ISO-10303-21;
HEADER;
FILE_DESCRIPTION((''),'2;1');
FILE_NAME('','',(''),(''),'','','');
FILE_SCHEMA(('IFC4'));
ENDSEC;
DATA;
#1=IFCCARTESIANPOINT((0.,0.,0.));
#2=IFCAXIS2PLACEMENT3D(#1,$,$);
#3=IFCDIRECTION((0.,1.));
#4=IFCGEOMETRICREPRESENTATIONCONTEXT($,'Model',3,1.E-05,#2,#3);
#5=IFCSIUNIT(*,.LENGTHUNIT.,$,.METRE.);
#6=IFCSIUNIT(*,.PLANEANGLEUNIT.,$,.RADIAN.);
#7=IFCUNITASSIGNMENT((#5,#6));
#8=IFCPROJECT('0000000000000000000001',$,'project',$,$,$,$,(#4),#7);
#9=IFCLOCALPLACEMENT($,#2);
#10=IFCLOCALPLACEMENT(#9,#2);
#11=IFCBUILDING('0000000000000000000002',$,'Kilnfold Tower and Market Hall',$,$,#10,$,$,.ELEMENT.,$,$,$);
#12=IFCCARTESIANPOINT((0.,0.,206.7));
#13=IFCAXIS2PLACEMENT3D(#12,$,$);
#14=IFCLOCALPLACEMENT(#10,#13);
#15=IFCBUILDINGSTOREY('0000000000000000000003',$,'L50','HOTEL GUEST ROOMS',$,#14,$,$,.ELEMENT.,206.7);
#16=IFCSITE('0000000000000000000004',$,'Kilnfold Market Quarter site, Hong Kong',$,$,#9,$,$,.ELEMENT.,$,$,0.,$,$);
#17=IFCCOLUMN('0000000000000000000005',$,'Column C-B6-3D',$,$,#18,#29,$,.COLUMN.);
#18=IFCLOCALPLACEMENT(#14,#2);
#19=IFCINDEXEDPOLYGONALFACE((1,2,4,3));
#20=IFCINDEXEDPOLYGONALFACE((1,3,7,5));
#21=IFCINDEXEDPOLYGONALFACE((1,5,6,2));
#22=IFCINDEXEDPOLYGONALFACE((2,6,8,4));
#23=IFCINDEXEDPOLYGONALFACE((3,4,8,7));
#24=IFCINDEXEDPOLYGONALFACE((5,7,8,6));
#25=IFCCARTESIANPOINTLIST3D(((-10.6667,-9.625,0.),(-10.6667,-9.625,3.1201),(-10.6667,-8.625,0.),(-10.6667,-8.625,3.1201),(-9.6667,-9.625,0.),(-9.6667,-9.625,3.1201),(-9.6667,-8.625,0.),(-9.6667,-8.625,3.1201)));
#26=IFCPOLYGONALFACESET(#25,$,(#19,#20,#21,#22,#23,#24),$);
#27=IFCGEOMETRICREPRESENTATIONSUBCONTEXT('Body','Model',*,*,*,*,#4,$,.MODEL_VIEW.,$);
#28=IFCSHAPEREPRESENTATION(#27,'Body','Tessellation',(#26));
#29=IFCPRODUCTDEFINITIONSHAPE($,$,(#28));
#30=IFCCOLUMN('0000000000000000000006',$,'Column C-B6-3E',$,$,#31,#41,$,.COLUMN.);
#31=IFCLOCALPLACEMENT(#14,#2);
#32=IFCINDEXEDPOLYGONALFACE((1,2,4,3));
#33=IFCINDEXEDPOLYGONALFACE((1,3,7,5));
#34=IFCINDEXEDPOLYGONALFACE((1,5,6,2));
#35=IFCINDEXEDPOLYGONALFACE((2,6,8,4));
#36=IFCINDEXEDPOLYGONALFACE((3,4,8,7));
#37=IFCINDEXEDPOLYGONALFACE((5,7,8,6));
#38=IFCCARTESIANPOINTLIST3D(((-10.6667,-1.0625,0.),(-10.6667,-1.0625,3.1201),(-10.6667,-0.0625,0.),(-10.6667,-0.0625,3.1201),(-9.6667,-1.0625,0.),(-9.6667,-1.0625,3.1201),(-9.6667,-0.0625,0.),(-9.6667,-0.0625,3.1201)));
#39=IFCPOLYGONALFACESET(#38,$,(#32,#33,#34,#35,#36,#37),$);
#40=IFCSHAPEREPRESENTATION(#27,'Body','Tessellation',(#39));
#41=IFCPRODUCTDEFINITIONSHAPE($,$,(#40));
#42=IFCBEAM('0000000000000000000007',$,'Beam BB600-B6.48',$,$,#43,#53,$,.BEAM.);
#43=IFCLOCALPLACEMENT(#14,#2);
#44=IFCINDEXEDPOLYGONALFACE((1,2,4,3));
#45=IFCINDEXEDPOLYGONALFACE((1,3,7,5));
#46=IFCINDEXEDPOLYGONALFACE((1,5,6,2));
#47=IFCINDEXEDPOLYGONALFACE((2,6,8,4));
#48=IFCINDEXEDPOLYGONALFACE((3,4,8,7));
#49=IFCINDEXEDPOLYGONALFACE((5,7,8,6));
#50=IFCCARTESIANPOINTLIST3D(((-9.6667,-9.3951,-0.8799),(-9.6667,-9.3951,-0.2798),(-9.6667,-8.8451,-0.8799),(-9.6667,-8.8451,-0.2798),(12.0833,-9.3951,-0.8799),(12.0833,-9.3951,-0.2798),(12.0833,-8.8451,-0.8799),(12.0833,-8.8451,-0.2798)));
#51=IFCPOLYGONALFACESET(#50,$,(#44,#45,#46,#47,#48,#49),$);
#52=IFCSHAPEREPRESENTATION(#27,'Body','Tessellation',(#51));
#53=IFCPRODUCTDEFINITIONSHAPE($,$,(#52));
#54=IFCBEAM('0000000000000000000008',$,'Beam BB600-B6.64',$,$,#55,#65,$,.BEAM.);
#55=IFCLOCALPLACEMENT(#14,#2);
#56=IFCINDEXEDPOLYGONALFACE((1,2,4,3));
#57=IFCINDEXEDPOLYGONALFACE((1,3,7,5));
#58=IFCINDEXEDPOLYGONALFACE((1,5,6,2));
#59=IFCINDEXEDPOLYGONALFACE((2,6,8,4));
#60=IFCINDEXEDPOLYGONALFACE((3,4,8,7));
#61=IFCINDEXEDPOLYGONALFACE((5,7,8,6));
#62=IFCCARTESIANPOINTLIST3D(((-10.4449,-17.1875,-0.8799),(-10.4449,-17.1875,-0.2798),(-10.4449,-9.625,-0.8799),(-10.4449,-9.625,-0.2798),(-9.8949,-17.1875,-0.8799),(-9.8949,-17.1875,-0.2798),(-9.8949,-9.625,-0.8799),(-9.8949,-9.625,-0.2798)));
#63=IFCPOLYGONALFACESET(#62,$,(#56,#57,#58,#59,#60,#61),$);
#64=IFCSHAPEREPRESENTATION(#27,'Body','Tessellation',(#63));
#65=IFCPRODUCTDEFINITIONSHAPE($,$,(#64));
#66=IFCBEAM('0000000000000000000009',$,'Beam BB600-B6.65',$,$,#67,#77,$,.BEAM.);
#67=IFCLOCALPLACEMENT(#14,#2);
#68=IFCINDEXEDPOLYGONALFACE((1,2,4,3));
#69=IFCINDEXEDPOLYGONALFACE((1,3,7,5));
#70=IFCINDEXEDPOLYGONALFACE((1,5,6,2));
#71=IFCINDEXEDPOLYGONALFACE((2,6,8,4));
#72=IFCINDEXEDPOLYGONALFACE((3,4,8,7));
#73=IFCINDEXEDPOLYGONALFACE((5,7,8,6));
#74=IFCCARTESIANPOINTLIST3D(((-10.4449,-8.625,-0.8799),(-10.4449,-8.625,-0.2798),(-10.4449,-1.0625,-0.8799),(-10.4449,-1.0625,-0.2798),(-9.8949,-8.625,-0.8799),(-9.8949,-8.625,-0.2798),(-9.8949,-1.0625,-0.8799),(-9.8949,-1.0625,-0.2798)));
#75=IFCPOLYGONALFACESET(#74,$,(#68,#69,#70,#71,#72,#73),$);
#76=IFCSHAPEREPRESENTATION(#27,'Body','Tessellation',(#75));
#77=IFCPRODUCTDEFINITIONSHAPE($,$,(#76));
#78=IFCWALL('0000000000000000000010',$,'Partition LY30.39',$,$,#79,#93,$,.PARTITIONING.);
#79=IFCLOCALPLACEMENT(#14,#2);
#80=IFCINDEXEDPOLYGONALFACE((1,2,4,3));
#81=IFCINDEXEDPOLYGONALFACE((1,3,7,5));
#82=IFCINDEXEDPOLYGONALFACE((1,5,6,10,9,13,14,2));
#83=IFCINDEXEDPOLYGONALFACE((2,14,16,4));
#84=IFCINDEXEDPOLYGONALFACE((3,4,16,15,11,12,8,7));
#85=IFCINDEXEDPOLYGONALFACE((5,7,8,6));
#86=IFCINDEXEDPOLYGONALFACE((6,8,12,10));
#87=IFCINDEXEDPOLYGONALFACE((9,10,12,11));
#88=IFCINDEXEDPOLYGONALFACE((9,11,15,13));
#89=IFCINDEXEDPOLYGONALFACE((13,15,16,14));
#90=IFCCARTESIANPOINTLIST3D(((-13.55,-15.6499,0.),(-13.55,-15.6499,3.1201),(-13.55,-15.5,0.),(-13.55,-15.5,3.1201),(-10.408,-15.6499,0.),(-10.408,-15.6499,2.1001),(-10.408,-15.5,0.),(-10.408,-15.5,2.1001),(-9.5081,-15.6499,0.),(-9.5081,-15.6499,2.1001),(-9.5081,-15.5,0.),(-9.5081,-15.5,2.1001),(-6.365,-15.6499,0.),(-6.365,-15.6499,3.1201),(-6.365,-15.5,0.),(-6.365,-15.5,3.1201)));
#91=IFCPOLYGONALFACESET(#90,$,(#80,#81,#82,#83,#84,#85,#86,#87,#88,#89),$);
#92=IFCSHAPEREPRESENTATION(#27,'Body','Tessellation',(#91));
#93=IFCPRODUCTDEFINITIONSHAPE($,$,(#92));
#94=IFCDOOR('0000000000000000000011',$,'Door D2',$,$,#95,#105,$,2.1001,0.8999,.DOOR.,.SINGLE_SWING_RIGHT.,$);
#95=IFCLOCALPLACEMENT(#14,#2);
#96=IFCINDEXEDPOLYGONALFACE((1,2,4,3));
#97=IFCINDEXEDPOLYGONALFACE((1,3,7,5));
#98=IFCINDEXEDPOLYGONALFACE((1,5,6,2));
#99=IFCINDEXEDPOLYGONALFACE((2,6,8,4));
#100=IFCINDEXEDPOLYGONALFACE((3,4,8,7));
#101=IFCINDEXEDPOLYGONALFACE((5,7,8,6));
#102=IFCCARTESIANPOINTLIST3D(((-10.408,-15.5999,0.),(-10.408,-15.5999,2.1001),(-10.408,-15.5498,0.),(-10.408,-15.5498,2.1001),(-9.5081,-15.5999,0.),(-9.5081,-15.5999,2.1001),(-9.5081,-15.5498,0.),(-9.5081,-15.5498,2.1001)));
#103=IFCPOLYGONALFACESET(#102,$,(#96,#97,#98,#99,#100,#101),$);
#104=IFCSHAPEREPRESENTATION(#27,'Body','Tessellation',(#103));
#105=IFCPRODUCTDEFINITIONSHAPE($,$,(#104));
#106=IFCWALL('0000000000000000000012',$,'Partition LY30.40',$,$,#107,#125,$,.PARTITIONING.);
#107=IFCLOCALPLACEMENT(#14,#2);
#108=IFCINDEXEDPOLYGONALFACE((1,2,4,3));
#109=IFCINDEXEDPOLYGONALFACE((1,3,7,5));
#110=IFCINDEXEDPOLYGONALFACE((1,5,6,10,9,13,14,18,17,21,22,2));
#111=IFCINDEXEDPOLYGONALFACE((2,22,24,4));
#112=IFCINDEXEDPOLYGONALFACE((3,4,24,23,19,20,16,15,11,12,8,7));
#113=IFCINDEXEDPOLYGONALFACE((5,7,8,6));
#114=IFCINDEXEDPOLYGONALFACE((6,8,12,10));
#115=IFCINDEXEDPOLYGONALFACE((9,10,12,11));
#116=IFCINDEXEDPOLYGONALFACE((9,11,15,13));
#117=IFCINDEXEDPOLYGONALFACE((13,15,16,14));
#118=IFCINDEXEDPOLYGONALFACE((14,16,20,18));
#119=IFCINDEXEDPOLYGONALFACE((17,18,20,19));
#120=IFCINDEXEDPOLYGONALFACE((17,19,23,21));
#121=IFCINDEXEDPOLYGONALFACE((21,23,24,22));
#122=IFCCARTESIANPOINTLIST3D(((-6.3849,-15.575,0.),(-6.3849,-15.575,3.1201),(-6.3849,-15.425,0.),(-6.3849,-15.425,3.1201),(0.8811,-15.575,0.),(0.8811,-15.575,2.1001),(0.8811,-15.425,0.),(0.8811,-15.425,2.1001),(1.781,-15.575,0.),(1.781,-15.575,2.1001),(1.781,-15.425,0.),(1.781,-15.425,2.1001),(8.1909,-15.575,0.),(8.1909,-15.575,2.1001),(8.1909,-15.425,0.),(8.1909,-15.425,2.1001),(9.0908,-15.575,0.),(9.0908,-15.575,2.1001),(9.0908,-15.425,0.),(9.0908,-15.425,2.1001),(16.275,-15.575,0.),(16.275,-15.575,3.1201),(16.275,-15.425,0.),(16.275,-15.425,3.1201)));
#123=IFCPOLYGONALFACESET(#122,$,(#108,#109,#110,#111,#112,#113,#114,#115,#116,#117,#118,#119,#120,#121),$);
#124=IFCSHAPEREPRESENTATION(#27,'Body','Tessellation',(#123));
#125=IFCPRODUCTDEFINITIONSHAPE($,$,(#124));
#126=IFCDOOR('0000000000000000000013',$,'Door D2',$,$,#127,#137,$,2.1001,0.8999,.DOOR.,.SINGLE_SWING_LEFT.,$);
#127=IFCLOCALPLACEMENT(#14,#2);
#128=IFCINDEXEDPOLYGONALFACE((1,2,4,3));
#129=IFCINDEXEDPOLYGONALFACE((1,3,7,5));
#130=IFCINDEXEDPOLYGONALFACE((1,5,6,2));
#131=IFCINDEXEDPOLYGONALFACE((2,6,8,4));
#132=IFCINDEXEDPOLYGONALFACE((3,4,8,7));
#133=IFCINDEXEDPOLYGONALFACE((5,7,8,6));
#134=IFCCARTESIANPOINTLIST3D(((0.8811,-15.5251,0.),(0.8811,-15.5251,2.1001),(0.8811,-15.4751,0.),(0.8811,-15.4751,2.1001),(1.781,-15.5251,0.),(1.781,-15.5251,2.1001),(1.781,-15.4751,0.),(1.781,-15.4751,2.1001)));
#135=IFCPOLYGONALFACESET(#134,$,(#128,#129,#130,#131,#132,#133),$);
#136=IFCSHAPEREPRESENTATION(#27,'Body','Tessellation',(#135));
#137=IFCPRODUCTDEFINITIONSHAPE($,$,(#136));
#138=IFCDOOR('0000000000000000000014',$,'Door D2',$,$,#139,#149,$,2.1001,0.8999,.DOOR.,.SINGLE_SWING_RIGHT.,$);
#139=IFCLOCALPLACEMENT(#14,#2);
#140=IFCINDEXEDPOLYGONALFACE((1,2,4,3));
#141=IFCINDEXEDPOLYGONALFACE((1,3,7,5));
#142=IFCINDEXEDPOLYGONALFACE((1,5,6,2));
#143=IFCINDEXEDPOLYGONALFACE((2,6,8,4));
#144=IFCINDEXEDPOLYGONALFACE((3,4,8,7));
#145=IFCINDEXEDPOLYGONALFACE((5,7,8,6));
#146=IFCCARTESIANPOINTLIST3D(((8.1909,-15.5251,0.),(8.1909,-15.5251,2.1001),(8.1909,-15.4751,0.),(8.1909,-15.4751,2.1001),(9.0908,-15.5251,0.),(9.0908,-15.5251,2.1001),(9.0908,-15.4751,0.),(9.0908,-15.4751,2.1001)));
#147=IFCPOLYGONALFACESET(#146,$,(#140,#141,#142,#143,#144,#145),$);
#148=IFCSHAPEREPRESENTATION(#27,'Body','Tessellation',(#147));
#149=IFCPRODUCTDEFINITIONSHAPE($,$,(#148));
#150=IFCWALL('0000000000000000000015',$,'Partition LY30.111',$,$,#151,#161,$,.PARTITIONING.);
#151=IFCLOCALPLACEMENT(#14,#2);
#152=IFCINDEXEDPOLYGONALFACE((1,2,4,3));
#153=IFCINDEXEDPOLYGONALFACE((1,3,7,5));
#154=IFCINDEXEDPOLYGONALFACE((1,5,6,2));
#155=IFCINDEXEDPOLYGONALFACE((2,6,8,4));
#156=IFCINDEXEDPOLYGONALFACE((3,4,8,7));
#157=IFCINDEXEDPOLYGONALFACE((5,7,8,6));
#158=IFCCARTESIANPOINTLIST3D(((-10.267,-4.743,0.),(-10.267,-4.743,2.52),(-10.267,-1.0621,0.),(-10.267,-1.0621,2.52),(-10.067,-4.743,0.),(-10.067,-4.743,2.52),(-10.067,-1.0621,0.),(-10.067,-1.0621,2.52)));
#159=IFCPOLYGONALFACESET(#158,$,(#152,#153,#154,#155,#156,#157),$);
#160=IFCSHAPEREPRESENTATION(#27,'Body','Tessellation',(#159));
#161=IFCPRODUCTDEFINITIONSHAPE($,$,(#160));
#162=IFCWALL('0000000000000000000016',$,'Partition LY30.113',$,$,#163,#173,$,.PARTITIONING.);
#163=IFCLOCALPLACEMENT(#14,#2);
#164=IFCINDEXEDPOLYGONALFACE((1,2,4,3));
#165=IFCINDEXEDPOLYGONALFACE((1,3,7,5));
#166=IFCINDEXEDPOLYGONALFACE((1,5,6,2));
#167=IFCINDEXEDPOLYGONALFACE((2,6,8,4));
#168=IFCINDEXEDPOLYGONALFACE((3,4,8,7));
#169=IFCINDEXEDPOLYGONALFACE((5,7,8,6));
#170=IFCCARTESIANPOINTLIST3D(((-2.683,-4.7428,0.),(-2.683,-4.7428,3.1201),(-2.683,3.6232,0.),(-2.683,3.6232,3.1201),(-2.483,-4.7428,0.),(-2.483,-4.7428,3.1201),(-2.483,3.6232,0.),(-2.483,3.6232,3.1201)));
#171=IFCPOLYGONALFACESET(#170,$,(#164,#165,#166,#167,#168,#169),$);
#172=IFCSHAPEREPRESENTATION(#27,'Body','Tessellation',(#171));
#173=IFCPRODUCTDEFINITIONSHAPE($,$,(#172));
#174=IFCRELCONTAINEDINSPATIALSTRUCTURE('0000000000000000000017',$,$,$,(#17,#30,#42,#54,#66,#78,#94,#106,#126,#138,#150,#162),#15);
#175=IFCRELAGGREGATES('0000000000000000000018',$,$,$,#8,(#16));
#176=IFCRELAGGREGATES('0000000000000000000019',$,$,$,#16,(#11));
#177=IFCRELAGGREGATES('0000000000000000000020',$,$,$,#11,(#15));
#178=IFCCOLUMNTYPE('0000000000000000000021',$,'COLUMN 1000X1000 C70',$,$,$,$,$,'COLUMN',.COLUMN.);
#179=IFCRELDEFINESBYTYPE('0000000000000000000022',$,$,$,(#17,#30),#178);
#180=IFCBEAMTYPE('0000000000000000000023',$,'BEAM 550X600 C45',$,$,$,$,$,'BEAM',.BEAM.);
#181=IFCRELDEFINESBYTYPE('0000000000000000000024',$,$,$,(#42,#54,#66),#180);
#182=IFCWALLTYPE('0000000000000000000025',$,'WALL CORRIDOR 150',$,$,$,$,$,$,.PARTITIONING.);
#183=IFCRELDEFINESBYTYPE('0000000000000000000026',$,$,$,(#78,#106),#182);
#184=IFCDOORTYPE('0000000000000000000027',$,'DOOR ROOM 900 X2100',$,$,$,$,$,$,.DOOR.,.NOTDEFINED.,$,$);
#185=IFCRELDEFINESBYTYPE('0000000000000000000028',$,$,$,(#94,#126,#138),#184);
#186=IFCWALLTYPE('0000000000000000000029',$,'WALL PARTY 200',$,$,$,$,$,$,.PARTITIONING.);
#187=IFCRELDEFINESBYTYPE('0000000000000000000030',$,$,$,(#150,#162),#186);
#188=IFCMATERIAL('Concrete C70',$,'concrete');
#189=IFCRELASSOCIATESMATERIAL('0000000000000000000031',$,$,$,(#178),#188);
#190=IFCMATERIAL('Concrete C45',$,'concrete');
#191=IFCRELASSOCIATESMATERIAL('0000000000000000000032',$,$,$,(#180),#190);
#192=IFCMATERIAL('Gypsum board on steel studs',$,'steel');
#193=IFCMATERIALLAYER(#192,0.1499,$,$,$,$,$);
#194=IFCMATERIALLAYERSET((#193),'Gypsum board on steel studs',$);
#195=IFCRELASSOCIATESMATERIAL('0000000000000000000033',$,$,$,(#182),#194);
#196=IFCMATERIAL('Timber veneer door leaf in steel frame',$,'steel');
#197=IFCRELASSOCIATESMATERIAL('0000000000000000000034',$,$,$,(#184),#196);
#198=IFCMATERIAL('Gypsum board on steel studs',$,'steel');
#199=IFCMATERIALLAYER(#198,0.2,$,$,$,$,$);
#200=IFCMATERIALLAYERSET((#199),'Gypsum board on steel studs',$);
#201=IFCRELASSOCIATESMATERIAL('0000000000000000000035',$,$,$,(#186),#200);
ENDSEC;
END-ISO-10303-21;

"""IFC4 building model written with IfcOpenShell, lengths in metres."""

from ifc_helpers import new_model, si_unit, direction, frame, frame_2d, origin, origin_2d, place, context, subcontext, project, spatial, rectangle, extrude, source, transform, mapped, material, layer, layer_set, material_profile, profile_set, type_object, element, fill, save


model = new_model("IFC4")

# Units and contexts
model_context = context("Model", 3, precision=1e-05, world=origin(), true_north=direction((0.0, 1.0)))
body_context = subcontext(model_context, "Body", "Model", "MODEL_VIEW")
ifc_project = project(units=[si_unit("LENGTHUNIT", "METRE"), si_unit("PLANEANGLEUNIT", "RADIAN")], contexts=[model_context])

# Site, building, storey
site_placement = place(None, origin())
site = spatial("IfcSite", under=ifc_project, at=site_placement, Name="Kilnfold Market Quarter site, Hong Kong", CompositionType="ELEMENT", RefElevation=0.0)
building_placement = place(site_placement, origin())
building = spatial("IfcBuilding", under=site, at=building_placement, Name="Kilnfold Tower and Market Hall", CompositionType="ELEMENT")
storey_placement = place(building_placement, frame((0.0, 0.0, 206.7)))
storey = spatial("IfcBuildingStorey", under=building, at=storey_placement, Name="L50", Description="HOTEL GUEST ROOMS", CompositionType="ELEMENT", Elevation=206.7)

# Columns
ifc_material_1 = material(Name="Concrete C70", Category="concrete")
ifc_material_profile_1 = material_profile(ifc_material_1, rectangle(XDim=1.0, YDim=1.0, at=origin_2d()), Name="RC 1000x1000")
ifc_profile_set_1 = profile_set([ifc_material_profile_1], Name="Concrete C70")
column_type = type_object("IfcColumnType", Name="COLUMN 1000X1000 C70", ElementType="COLUMN", PredefinedType="COLUMN", material=ifc_profile_set_1)
shared_shape_1 = source(origin(), body_context, "Body", "SweptSolid", [
    extrude(rectangle(XDim=1.0, YDim=1.0, at=origin_2d()), origin(), (0.0, 0.0, 1.0), 3.1201),
])
for number, where, z_axis, x_axis, name in (
    (1, (-10.1667, -9.125, 0.0), (0.0, 0.0, 1.0), (1.0, 0.0, 0.0), "Column C-B6-3D"),
    (2, (-10.1667, -0.5625, 0.0), (0.0, 0.0, 1.0), (1.0, 0.0, 0.0), "Column C-B6-3E"),
):
    element("IfcColumn", number, at=place(storey_placement, frame(where, z_axis=z_axis, x_axis=x_axis)), inside=storey, type_object=column_type, Name=name, PredefinedType="COLUMN", context=body_context, shape_type="MappedRepresentation", body=[
        mapped(shared_shape_1, transform((0.0, 0.0, 0.0))),
    ])

# Beams
ifc_material_2 = material(Name="Concrete C45", Category="concrete")
ifc_material_profile_2 = material_profile(ifc_material_2, rectangle(XDim=0.55, YDim=0.6001, at=origin_2d()), Name="RC 550x600")
ifc_profile_set_2 = profile_set([ifc_material_profile_2], Name="Concrete C45")
beam_type = type_object("IfcBeamType", Name="BEAM 550X600 C45", ElementType="BEAM", PredefinedType="BEAM", material=ifc_profile_set_2)
shared_shape_2 = source(origin(), body_context, "Body", "SweptSolid", [
    extrude(rectangle(XDim=0.55, YDim=0.6001, at=origin_2d()), origin(), (0.0, 0.0, 1.0), 21.75),
])
beam_placement = place(storey_placement, frame((-9.6667, -9.1201, -0.5798), z_axis=(1.0, 0.0, 0.0), x_axis=(0.0, 1.0, 0.0)))
element("IfcBeam", 3, at=beam_placement, inside=storey, type_object=beam_type, Name="Beam BB600-B6.48", PredefinedType="BEAM", context=body_context, shape_type="MappedRepresentation", body=[
    mapped(shared_shape_2, transform((0.0, 0.0, 0.0))),
])
shared_shape_3 = source(origin(), body_context, "Body", "SweptSolid", [
    extrude(rectangle(XDim=0.55, YDim=0.6001, at=origin_2d()), origin(), (0.0, 0.0, 1.0), 7.5625),
])
for number, where, z_axis, x_axis, name in (
    (4, (-10.1699, -17.1875, -0.5798), (0.0, 1.0, 0.0), (-1.0, 0.0, 0.0), "Beam BB600-B6.64"),
    (5, (-10.1699, -8.625, -0.5798), (0.0, 1.0, 0.0), (-1.0, 0.0, 0.0), "Beam BB600-B6.65"),
):
    element("IfcBeam", number, at=place(storey_placement, frame(where, z_axis=z_axis, x_axis=x_axis)), inside=storey, type_object=beam_type, Name=name, PredefinedType="BEAM", context=body_context, shape_type="MappedRepresentation", body=[
        mapped(shared_shape_3, transform((0.0, 0.0, 0.0))),
    ])

# Wall, opening, door
ifc_material_3 = material(Name="Gypsum board on steel studs", Category="steel")
ifc_layer_1 = layer(ifc_material_3, 0.1499)
ifc_layer_set_1 = layer_set([ifc_layer_1], Name="Gypsum board on steel studs")
wall_type_1 = type_object("IfcWallType", Name="WALL CORRIDOR 150", PredefinedType="PARTITIONING", material=ifc_layer_set_1)
wall_1_placement = place(storey_placement, frame((-6.365, -15.575, 0.0), z_axis=(0.0, 0.0, 1.0), x_axis=(-1.0, 0.0, 0.0)))
wall_1 = element("IfcWall", 6, at=wall_1_placement, inside=storey, type_object=wall_type_1, Name="Partition LY30.39", PredefinedType="PARTITIONING", context=body_context, shape_type="SweptSolid", body=[
    extrude(rectangle(XDim=7.1851, YDim=0.1499, at=frame_2d((3.5925, 0.0))), origin(), (0.0, 0.0, 1.0), 3.1201),
])
opening_1_placement = place(wall_1_placement, frame((3.1431, 0.0, 0.0)))
opening_1 = element("IfcOpeningElement", 7, at=opening_1_placement, cuts=wall_1, PredefinedType="OPENING", context=body_context, shape_type="SweptSolid", body=[
    extrude(rectangle(XDim=0.8999, YDim=2.1001, at=frame_2d((0.45, 1.05))), frame((0.0, 0.085, 0.0), z_axis=(0.0, -1.0, 0.0), x_axis=(1.0, 0.0, 0.0)), (0.0, 0.0, 1.0), 0.1699),
])
ifc_material_4 = material(Name="Timber veneer door leaf in steel frame", Category="steel")
door_type = type_object("IfcDoorType", Name="DOOR ROOM 900 X2100", OperationType="NOTDEFINED", PredefinedType="DOOR", material=ifc_material_4)
door_1_placement = place(opening_1_placement, origin())
door_1 = element("IfcDoor", 8, at=door_1_placement, inside=storey, type_object=door_type, Name="Door D2", OperationType="SINGLE_SWING_RIGHT", OverallHeight=2.1001, OverallWidth=0.8999, PredefinedType="DOOR", context=body_context, shape_type="SweptSolid", body=[
    extrude(rectangle(XDim=0.8999, YDim=2.1001, at=frame_2d((0.45, 1.05))), frame((0.0, 0.0249, 0.0), z_axis=(0.0, -1.0, 0.0), x_axis=(1.0, 0.0, 0.0)), (0.0, 0.0, 1.0), 0.05),
])
fill(opening_1, door_1)

# Wall, openings, doors
wall_2_placement = place(storey_placement, frame((-6.385, -15.5, 0.0), z_axis=(0.0, 0.0, 1.0), x_axis=(1.0, 0.0, 0.0)))
wall_2 = element("IfcWall", 9, at=wall_2_placement, inside=storey, type_object=wall_type_1, Name="Partition LY30.40", PredefinedType="PARTITIONING", context=body_context, shape_type="SweptSolid", body=[
    extrude(rectangle(XDim=22.6599, YDim=0.1499, at=frame_2d((11.3301, 0.0))), origin(), (0.0, 0.0, 1.0), 3.1201),
])
opening_2_placement = place(wall_2_placement, frame((7.2661, 0.0, 0.0)))
opening_2 = element("IfcOpeningElement", 10, at=opening_2_placement, cuts=wall_2, PredefinedType="OPENING", context=body_context, shape_type="SweptSolid", body=[
    extrude(rectangle(XDim=0.8999, YDim=2.1001, at=frame_2d((0.45, 1.05))), frame((0.0, 0.085, 0.0), z_axis=(0.0, -1.0, 0.0), x_axis=(1.0, 0.0, 0.0)), (0.0, 0.0, 1.0), 0.1699),
])
opening_3_placement = place(wall_2_placement, frame((14.5759, 0.0, 0.0)))
opening_3 = element("IfcOpeningElement", 11, at=opening_3_placement, cuts=wall_2, PredefinedType="OPENING", context=body_context, shape_type="SweptSolid", body=[
    extrude(rectangle(XDim=0.8999, YDim=2.1001, at=frame_2d((0.45, 1.05))), frame((0.0, 0.085, 0.0), z_axis=(0.0, -1.0, 0.0), x_axis=(1.0, 0.0, 0.0)), (0.0, 0.0, 1.0), 0.1699),
])
door_2_placement = place(opening_2_placement, origin())
door_2 = element("IfcDoor", 12, at=door_2_placement, inside=storey, type_object=door_type, Name="Door D2", OperationType="SINGLE_SWING_LEFT", OverallHeight=2.1001, OverallWidth=0.8999, PredefinedType="DOOR", context=body_context, shape_type="SweptSolid", body=[
    extrude(rectangle(XDim=0.8999, YDim=2.1001, at=frame_2d((0.45, 1.05))), frame((0.0, 0.0249, 0.0), z_axis=(0.0, -1.0, 0.0), x_axis=(1.0, 0.0, 0.0)), (0.0, 0.0, 1.0), 0.05),
])
fill(opening_2, door_2)
door_3_placement = place(opening_3_placement, origin())
door_3 = element("IfcDoor", 13, at=door_3_placement, inside=storey, type_object=door_type, Name="Door D2", OperationType="SINGLE_SWING_RIGHT", OverallHeight=2.1001, OverallWidth=0.8999, PredefinedType="DOOR", context=body_context, shape_type="SweptSolid", body=[
    extrude(rectangle(XDim=0.8999, YDim=2.1001, at=frame_2d((0.45, 1.05))), frame((0.0, 0.0249, 0.0), z_axis=(0.0, -1.0, 0.0), x_axis=(1.0, 0.0, 0.0)), (0.0, 0.0, 1.0), 0.05),
])
fill(opening_3, door_3)

# Walls
ifc_material_5 = material(Name="Gypsum board on steel studs", Category="steel")
ifc_layer_2 = layer(ifc_material_5, 0.2)
ifc_layer_set_2 = layer_set([ifc_layer_2], Name="Gypsum board on steel studs")
wall_type_2 = type_object("IfcWallType", Name="WALL PARTY 200", PredefinedType="PARTITIONING", material=ifc_layer_set_2)
wall_3_placement = place(storey_placement, frame((-10.167, -4.7429, 0.0), z_axis=(0.0, 0.0, 1.0), x_axis=(0.0, 1.0, 0.0)))
element("IfcWall", 14, at=wall_3_placement, inside=storey, type_object=wall_type_2, Name="Partition LY30.111", PredefinedType="PARTITIONING", context=body_context, shape_type="SweptSolid", body=[
    extrude(rectangle(XDim=3.6809, YDim=0.2, at=frame_2d((1.8403, 0.0))), origin(), (0.0, 0.0, 1.0), 2.52),
])
wall_4_placement = place(storey_placement, frame((-2.583, -4.7429, 0.0), z_axis=(0.0, 0.0, 1.0), x_axis=(0.0, 1.0, 0.0)))
element("IfcWall", 15, at=wall_4_placement, inside=storey, type_object=wall_type_2, Name="Partition LY30.113", PredefinedType="PARTITIONING", context=body_context, shape_type="SweptSolid", body=[
    extrude(rectangle(XDim=8.366, YDim=0.2, at=frame_2d((4.1831, 0.0))), origin(), (0.0, 0.0, 1.0), 3.1201),
])

save(model, "model.ifc")
